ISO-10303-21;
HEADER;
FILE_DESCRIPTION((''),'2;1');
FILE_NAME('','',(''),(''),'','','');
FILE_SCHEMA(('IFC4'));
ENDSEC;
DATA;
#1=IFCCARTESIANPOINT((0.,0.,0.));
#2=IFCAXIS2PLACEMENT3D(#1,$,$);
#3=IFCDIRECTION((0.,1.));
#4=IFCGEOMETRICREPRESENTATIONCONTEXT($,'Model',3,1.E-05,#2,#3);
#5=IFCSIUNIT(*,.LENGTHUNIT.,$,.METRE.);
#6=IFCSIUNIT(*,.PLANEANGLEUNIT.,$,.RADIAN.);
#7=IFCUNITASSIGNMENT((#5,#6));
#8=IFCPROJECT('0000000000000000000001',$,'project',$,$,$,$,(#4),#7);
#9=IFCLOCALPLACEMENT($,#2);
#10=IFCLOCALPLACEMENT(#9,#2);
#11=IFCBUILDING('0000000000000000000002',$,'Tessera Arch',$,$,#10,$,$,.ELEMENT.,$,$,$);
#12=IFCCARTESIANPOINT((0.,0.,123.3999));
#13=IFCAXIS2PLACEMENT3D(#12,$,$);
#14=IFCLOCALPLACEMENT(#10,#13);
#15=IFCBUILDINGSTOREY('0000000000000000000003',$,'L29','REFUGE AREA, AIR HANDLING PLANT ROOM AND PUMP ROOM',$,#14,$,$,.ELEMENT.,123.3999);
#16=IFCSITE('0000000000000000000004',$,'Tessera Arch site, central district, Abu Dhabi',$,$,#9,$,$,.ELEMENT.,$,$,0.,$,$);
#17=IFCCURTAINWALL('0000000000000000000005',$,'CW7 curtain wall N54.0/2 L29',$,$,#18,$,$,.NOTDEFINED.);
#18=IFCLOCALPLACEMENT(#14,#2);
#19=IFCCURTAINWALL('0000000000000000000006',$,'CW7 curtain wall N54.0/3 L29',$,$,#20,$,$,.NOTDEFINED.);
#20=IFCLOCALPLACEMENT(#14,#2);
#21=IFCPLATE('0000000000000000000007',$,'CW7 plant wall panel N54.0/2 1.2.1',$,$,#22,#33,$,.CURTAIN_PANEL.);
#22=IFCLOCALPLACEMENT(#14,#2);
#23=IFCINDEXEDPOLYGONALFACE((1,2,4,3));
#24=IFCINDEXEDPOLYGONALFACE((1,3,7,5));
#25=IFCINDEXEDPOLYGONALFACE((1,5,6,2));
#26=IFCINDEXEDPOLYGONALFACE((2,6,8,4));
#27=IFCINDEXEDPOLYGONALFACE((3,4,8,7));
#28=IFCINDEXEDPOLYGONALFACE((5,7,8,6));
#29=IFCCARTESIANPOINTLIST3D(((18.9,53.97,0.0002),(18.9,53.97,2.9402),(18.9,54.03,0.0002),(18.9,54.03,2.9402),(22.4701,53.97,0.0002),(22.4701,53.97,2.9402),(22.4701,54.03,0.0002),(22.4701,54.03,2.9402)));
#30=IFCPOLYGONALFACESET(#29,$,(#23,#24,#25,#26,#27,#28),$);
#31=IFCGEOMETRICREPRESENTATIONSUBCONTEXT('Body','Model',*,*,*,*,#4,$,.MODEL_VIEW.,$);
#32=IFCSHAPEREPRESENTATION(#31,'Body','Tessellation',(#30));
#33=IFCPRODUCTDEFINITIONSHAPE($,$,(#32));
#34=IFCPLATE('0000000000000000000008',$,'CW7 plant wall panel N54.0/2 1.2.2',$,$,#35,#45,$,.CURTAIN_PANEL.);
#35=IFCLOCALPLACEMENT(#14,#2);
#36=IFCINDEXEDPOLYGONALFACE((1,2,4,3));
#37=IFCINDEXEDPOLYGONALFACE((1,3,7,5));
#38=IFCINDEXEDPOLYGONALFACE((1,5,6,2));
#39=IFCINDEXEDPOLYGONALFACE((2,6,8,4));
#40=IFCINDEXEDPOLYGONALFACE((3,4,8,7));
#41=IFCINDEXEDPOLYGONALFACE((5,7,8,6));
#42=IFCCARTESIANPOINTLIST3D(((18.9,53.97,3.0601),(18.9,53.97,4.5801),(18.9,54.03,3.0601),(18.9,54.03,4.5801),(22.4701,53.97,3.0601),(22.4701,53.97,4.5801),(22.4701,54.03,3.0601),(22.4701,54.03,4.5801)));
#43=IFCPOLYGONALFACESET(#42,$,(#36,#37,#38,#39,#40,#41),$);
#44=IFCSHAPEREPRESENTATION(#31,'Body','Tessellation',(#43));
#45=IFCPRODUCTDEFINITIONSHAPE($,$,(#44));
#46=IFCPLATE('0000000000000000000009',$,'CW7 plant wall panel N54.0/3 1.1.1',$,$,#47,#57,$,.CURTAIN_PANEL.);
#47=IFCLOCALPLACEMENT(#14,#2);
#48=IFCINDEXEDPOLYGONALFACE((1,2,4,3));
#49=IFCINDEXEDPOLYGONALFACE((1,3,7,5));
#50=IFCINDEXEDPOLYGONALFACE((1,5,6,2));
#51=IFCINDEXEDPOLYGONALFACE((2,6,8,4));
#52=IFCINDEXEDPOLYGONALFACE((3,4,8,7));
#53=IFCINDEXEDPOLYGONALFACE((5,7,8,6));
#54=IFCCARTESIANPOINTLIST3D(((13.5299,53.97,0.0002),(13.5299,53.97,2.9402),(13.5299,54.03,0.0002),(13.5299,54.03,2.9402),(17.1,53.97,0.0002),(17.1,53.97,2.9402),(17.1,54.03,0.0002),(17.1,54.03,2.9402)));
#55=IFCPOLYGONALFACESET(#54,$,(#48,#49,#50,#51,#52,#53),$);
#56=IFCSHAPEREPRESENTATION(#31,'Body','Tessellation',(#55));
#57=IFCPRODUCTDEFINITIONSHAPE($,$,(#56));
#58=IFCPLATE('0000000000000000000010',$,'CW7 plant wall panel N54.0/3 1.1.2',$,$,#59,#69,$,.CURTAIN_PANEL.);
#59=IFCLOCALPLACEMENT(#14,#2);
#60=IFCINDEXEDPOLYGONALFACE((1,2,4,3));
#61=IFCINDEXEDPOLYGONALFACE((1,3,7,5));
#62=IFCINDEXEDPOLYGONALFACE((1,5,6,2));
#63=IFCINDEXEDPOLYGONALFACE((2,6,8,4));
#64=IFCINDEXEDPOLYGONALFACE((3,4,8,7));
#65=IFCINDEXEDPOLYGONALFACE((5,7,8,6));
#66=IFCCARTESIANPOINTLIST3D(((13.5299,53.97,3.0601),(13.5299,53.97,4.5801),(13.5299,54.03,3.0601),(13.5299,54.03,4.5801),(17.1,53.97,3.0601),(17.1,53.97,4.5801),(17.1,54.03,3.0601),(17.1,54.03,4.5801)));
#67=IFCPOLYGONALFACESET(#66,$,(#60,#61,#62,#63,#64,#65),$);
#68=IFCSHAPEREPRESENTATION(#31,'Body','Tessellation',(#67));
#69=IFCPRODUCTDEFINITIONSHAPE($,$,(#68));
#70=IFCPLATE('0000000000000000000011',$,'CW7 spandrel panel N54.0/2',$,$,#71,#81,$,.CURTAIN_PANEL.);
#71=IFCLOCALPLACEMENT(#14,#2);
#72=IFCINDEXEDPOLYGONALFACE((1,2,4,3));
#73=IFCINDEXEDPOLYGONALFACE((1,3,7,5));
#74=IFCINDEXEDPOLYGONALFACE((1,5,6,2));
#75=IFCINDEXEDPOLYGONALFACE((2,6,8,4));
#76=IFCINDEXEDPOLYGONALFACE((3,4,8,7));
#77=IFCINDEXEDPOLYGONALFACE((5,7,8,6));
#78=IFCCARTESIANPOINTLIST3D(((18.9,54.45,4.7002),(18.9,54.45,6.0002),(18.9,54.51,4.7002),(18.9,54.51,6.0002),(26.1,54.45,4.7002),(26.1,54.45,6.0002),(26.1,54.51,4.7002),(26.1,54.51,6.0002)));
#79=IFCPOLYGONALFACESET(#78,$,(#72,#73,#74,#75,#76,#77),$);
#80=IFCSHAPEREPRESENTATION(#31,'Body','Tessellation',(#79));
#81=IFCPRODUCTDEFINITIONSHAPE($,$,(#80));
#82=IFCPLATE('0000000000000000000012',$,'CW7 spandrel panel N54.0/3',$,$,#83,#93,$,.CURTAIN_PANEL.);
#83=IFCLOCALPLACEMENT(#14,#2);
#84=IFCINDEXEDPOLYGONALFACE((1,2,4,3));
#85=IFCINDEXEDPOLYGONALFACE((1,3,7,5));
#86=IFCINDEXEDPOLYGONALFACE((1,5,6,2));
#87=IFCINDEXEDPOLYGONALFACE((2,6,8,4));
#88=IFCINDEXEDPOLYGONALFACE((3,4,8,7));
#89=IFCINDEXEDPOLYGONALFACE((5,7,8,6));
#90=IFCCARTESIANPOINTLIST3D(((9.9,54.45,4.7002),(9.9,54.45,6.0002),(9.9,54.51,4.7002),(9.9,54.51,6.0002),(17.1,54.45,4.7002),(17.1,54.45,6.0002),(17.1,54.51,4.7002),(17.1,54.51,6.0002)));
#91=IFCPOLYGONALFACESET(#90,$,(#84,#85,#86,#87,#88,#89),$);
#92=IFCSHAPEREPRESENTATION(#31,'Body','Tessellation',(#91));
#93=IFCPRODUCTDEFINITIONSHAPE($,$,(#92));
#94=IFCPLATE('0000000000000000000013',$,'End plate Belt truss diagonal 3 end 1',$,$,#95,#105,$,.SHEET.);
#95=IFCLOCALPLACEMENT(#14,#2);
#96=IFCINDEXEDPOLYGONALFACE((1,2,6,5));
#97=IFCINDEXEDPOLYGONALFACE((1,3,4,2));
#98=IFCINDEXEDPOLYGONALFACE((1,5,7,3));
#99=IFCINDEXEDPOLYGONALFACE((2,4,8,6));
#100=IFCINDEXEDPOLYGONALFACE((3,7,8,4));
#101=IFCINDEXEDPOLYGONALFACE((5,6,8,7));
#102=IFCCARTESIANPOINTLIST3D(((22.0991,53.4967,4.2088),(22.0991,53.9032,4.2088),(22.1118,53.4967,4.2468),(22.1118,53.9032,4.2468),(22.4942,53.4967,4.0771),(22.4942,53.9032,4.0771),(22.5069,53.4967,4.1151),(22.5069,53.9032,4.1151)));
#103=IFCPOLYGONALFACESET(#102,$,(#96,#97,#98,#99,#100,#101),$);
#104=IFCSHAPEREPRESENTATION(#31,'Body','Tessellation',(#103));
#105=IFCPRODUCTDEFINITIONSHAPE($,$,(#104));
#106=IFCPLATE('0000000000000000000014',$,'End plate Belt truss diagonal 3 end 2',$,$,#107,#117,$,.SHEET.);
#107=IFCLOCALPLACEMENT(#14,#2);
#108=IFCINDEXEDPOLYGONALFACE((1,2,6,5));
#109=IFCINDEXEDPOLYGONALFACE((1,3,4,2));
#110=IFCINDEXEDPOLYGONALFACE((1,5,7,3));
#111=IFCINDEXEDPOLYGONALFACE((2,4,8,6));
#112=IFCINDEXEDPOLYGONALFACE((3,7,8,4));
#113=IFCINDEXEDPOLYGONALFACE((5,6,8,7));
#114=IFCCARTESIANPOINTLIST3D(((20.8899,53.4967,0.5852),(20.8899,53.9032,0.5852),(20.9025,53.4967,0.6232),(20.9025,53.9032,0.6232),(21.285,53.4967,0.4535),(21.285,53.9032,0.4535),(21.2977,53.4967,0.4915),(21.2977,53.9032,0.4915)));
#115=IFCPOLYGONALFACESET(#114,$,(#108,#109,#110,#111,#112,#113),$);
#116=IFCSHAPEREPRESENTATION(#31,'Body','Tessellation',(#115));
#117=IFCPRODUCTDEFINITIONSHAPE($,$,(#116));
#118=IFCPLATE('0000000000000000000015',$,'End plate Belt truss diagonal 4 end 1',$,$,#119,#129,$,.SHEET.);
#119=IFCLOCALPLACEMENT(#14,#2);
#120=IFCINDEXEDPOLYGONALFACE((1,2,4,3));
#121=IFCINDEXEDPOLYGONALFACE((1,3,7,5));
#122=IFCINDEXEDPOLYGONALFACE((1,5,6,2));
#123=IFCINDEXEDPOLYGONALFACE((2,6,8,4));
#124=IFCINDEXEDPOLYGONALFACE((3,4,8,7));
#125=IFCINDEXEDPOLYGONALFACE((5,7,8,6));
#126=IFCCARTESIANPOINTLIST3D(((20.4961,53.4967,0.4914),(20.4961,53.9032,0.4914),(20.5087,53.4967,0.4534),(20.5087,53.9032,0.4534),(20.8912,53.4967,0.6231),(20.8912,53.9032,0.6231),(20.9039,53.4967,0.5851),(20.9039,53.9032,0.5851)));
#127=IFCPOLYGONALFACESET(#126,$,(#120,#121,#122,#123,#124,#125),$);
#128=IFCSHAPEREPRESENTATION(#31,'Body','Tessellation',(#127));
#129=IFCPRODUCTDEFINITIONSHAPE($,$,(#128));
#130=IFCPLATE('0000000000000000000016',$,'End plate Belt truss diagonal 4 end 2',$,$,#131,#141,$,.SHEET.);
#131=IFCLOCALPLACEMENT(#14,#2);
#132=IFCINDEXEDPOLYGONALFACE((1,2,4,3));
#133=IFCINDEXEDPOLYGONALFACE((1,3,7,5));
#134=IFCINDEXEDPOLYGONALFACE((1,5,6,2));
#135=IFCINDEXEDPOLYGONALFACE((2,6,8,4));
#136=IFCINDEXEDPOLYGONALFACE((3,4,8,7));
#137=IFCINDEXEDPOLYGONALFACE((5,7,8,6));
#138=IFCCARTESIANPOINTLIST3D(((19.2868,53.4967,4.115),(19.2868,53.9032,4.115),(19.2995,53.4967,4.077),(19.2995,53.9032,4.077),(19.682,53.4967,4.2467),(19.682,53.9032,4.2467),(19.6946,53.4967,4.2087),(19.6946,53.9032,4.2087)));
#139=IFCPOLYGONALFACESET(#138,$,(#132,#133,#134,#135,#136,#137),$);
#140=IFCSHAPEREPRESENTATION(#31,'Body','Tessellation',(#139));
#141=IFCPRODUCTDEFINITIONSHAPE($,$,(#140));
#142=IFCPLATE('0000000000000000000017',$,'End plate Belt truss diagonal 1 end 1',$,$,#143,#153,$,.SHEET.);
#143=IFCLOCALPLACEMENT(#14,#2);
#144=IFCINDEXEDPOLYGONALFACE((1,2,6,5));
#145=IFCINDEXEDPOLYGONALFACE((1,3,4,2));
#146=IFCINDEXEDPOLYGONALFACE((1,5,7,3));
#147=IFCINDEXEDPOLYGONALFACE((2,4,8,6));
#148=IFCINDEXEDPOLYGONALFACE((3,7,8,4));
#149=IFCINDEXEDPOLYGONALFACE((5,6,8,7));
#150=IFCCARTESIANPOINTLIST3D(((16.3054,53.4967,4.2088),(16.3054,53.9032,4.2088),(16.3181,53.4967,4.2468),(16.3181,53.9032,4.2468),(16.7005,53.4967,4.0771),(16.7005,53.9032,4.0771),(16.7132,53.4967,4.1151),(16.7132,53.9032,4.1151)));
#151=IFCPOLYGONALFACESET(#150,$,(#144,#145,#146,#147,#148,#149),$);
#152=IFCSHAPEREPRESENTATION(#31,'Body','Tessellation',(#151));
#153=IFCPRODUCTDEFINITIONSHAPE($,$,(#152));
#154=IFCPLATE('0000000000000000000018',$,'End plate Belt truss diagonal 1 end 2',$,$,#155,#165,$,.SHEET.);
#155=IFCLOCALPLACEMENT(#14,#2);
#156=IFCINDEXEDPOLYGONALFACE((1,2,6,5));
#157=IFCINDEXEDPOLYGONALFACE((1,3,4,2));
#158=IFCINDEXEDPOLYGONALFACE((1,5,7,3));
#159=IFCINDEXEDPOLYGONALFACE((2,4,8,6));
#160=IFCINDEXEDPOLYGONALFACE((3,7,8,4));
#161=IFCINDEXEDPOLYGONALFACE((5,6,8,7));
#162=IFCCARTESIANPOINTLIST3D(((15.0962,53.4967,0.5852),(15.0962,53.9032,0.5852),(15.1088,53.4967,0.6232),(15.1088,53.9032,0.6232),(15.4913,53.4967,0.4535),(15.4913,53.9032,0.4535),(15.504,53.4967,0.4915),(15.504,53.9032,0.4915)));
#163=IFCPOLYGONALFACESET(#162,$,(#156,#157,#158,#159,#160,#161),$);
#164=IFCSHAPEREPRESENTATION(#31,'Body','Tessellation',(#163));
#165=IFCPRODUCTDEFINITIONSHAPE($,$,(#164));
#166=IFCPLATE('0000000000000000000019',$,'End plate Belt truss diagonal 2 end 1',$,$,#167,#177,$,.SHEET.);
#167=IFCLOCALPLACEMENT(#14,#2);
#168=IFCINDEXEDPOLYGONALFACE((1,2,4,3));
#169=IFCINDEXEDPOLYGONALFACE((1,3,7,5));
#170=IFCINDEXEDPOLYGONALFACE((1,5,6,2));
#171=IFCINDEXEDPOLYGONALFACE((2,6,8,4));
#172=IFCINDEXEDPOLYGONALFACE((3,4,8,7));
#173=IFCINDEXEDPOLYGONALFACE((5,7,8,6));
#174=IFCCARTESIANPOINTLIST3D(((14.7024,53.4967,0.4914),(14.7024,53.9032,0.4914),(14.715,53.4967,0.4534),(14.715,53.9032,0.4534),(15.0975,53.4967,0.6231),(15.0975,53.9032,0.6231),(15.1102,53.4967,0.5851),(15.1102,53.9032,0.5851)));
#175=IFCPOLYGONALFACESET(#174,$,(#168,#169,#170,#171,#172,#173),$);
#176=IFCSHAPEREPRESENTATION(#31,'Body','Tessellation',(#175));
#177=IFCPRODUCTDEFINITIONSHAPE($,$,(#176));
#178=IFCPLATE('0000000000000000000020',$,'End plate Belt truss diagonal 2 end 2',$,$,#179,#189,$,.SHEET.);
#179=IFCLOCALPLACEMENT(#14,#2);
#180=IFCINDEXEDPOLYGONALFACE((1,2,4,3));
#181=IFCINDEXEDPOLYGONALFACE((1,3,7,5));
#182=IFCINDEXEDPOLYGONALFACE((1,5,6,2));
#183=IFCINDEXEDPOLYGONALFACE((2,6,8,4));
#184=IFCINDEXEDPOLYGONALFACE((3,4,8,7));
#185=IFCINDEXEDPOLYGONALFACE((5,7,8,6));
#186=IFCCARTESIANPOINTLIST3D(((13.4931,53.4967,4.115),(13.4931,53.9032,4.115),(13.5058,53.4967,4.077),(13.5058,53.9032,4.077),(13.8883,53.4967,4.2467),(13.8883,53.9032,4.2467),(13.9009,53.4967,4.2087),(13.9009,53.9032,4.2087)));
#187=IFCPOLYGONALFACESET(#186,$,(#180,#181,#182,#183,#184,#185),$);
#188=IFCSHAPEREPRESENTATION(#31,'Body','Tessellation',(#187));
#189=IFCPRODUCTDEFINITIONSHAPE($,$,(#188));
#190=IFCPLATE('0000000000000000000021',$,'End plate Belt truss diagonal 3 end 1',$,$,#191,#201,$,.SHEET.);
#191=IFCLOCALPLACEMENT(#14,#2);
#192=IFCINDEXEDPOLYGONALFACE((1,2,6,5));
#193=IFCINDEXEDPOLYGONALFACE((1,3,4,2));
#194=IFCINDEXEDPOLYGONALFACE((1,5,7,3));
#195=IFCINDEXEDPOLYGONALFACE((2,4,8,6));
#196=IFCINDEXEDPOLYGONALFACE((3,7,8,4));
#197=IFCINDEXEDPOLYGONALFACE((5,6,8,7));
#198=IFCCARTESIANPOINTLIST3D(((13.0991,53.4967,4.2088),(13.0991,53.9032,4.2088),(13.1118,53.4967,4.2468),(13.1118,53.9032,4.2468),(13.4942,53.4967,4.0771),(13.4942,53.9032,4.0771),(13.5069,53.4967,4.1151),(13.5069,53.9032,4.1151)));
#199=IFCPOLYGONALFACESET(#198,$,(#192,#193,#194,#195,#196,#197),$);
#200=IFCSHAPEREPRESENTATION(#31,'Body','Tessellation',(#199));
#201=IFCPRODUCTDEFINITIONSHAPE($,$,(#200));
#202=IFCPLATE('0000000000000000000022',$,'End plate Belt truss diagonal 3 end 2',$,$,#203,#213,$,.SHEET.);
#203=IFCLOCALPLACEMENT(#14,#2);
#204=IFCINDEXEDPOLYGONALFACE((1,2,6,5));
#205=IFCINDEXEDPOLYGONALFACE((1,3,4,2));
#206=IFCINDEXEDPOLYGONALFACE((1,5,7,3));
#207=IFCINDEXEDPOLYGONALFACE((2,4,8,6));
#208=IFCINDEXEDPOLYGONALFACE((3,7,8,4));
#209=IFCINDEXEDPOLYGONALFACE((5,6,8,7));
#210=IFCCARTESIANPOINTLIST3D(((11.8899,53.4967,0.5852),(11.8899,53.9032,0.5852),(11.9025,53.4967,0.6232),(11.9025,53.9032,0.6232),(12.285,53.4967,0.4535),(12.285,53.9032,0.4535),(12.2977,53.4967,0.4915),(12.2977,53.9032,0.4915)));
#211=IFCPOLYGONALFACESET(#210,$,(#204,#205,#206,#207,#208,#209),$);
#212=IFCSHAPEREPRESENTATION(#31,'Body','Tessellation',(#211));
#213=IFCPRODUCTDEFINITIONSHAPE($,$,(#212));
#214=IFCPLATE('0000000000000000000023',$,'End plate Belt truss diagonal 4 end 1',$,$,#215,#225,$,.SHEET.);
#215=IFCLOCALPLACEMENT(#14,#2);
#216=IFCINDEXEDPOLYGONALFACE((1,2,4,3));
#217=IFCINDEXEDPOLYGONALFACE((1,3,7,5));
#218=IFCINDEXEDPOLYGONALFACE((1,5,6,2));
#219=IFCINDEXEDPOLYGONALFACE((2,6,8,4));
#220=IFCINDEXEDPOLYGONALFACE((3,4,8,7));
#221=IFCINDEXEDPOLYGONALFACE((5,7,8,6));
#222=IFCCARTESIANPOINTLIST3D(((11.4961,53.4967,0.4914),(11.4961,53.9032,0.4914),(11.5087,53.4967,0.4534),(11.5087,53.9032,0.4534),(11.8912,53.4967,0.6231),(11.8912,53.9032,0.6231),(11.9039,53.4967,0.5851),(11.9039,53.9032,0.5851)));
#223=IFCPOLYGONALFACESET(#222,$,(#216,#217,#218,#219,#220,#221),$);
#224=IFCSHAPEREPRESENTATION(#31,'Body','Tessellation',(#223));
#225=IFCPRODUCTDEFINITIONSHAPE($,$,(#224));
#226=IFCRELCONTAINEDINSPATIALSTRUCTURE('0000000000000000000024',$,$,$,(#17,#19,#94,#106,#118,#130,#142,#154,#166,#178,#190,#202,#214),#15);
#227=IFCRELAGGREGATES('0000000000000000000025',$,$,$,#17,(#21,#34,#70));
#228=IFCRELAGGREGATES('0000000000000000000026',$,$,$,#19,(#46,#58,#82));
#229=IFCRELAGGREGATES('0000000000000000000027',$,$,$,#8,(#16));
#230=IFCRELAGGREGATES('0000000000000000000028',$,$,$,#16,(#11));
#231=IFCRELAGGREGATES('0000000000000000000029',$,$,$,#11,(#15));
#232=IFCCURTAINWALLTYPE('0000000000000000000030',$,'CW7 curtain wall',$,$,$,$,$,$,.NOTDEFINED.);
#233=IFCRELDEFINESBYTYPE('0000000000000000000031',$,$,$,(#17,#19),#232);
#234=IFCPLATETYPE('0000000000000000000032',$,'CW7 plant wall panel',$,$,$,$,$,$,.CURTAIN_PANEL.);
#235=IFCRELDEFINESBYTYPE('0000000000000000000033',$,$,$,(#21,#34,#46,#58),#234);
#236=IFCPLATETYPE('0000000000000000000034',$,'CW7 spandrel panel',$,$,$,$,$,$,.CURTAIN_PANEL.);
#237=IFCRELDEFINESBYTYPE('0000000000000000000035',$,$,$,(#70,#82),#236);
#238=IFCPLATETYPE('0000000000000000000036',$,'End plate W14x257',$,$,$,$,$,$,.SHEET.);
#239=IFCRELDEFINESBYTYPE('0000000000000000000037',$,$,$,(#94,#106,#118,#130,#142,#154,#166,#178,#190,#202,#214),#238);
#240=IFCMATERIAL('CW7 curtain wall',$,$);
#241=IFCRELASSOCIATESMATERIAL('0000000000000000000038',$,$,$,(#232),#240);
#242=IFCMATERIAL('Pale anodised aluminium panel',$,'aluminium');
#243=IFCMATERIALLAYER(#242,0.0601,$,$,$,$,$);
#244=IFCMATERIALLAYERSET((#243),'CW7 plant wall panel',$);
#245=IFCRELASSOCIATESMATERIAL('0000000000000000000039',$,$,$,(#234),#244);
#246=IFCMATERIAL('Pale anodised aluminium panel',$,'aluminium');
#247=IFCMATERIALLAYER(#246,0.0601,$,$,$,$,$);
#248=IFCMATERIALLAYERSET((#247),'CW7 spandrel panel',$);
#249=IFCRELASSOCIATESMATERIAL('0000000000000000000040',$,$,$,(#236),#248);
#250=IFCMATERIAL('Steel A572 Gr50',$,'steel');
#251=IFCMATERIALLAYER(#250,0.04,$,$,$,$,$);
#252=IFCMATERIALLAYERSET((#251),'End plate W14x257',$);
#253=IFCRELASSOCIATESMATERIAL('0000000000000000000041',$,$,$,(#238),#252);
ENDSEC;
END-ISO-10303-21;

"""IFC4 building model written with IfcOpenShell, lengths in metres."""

from ifc_helpers import new_model, si_unit, direction, frame, origin, origin_2d, place, context, subcontext, project, spatial, rectangle, extrude, material, layer, layer_set, type_object, element, aggregate, save


model = new_model("IFC4")

# Units and contexts
model_context = context("Model", 3, precision=1e-05, world=origin(), true_north=direction((0.0, 1.0)))
body_context = subcontext(model_context, "Body", "Model", "MODEL_VIEW")
ifc_project = project(units=[si_unit("LENGTHUNIT", "METRE"), si_unit("PLANEANGLEUNIT", "RADIAN")], contexts=[model_context])

# Site, building, storey
site_placement = place(None, origin())
site = spatial("IfcSite", under=ifc_project, at=site_placement, Name="Tessera Arch site, central district, Abu Dhabi", CompositionType="ELEMENT", RefElevation=0.0)
building_placement = place(site_placement, origin())
building = spatial("IfcBuilding", under=site, at=building_placement, Name="Tessera Arch", CompositionType="ELEMENT")
storey_placement = place(building_placement, frame((0.0, 0.0, 123.3999)))
storey = spatial("IfcBuildingStorey", under=building, at=storey_placement, Name="L29", Description="REFUGE AREA, AIR HANDLING PLANT ROOM AND PUMP ROOM", CompositionType="ELEMENT", Elevation=123.3999)

# Curtain wall
ifc_material_1 = material(Name="CW7 curtain wall")
curtain_wall_type = type_object("IfcCurtainWallType", Name="CW7 curtain wall", PredefinedType="NOTDEFINED", material=ifc_material_1)
curtain_wall_1_placement = place(storey_placement, origin())
curtain_wall_1 = element("IfcCurtainWall", 1, at=curtain_wall_1_placement, inside=storey, type_object=curtain_wall_type, Name="CW7 curtain wall N54.0/2 L29", PredefinedType="NOTDEFINED")

# Curtain wall
curtain_wall_2_placement = place(storey_placement, origin())
curtain_wall_2 = element("IfcCurtainWall", 2, at=curtain_wall_2_placement, inside=storey, type_object=curtain_wall_type, Name="CW7 curtain wall N54.0/3 L29", PredefinedType="NOTDEFINED")

# Plates
ifc_material_2 = material(Name="Pale anodised aluminium panel", Category="aluminium")
ifc_layer_1 = layer(ifc_material_2, 0.0601)
ifc_layer_set_1 = layer_set([ifc_layer_1], Name="CW7 plant wall panel")
plate_type_1 = type_object("IfcPlateType", Name="CW7 plant wall panel", PredefinedType="CURTAIN_PANEL", material=ifc_layer_set_1)
plate_1_placement = place(storey_placement, frame((20.6851, 54.0, 0.0002), z_axis=(0.0, 0.0, 1.0), x_axis=(-1.0, 0.0, 0.0)))
plate_1 = element("IfcPlate", 3, at=plate_1_placement, type_object=plate_type_1, Name="CW7 plant wall panel N54.0/2 1.2.1", PredefinedType="CURTAIN_PANEL", context=body_context, shape_type="SweptSolid", body=[
    extrude(rectangle(XDim=3.5701, YDim=0.0601, at=origin_2d()), origin(), (0.0, 0.0, 1.0), 2.9399),
])
plate_2_placement = place(storey_placement, frame((20.6851, 54.0, 3.0601), z_axis=(0.0, 0.0, 1.0), x_axis=(-1.0, 0.0, 0.0)))
plate_2 = element("IfcPlate", 4, at=plate_2_placement, type_object=plate_type_1, Name="CW7 plant wall panel N54.0/2 1.2.2", PredefinedType="CURTAIN_PANEL", context=body_context, shape_type="SweptSolid", body=[
    extrude(rectangle(XDim=3.5701, YDim=0.0601, at=origin_2d()), origin(), (0.0, 0.0, 1.0), 1.52),
])
plate_3_placement = place(storey_placement, frame((15.3149, 54.0, 0.0002), z_axis=(0.0, 0.0, 1.0), x_axis=(-1.0, 0.0, 0.0)))
plate_3 = element("IfcPlate", 5, at=plate_3_placement, type_object=plate_type_1, Name="CW7 plant wall panel N54.0/3 1.1.1", PredefinedType="CURTAIN_PANEL", context=body_context, shape_type="SweptSolid", body=[
    extrude(rectangle(XDim=3.5701, YDim=0.0601, at=origin_2d()), origin(), (0.0, 0.0, 1.0), 2.9399),
])
plate_4_placement = place(storey_placement, frame((15.3149, 54.0, 3.0601), z_axis=(0.0, 0.0, 1.0), x_axis=(-1.0, 0.0, 0.0)))
plate_4 = element("IfcPlate", 6, at=plate_4_placement, type_object=plate_type_1, Name="CW7 plant wall panel N54.0/3 1.1.2", PredefinedType="CURTAIN_PANEL", context=body_context, shape_type="SweptSolid", body=[
    extrude(rectangle(XDim=3.5701, YDim=0.0601, at=origin_2d()), origin(), (0.0, 0.0, 1.0), 1.52),
])
ifc_material_3 = material(Name="Pale anodised aluminium panel", Category="aluminium")
ifc_layer_2 = layer(ifc_material_3, 0.0601)
ifc_layer_set_2 = layer_set([ifc_layer_2], Name="CW7 spandrel panel")
plate_type_2 = type_object("IfcPlateType", Name="CW7 spandrel panel", PredefinedType="CURTAIN_PANEL", material=ifc_layer_set_2)
plate_5_placement = place(storey_placement, frame((22.5, 54.48, 4.7002), z_axis=(0.0, 0.0, 1.0), x_axis=(-1.0, 0.0, 0.0)))
plate_5 = element("IfcPlate", 7, at=plate_5_placement, type_object=plate_type_2, Name="CW7 spandrel panel N54.0/2", PredefinedType="CURTAIN_PANEL", context=body_context, shape_type="SweptSolid", body=[
    extrude(rectangle(XDim=7.2, YDim=0.0601, at=origin_2d()), origin(), (0.0, 0.0, 1.0), 1.3),
])
aggregate(curtain_wall_1, [plate_1, plate_2, plate_5])
plate_6_placement = place(storey_placement, frame((13.5, 54.48, 4.7002), z_axis=(0.0, 0.0, 1.0), x_axis=(-1.0, 0.0, 0.0)))
plate_6 = element("IfcPlate", 8, at=plate_6_placement, type_object=plate_type_2, Name="CW7 spandrel panel N54.0/3", PredefinedType="CURTAIN_PANEL", context=body_context, shape_type="SweptSolid", body=[
    extrude(rectangle(XDim=7.2, YDim=0.0601, at=origin_2d()), origin(), (0.0, 0.0, 1.0), 1.3),
])
aggregate(curtain_wall_2, [plate_3, plate_4, plate_6])

# Plates
ifc_material_4 = material(Name="Steel A572 Gr50", Category="steel")
ifc_layer_3 = layer(ifc_material_4, 0.04)
ifc_layer_set_3 = layer_set([ifc_layer_3], Name="End plate W14x257")
plate_type_3 = type_object("IfcPlateType", Name="End plate W14x257", PredefinedType="SHEET", material=ifc_layer_set_3)
for number, where, z_axis, x_axis, name in (
    (9, (22.3093, 53.7, 4.1809), (-0.316228, 0.0, -0.948683), (0.0, -1.0, 0.0), "End plate Belt truss diagonal 3 end 1"),
    (10, (21.1001, 53.7, 0.5574), (-0.316228, 0.0, -0.948683), (0.0, -1.0, 0.0), "End plate Belt truss diagonal 3 end 2"),
    (11, (20.7063, 53.7, 0.5193), (-0.316228, 0.0, 0.948683), (0.0, -1.0, 0.0), "End plate Belt truss diagonal 4 end 1"),
    (12, (19.4971, 53.7, 4.1428), (-0.316228, 0.0, 0.948683), (0.0, -1.0, 0.0), "End plate Belt truss diagonal 4 end 2"),
    (13, (16.5156, 53.7, 4.1809), (-0.316228, 0.0, -0.948683), (0.0, -1.0, 0.0), "End plate Belt truss diagonal 1 end 1"),
    (14, (15.3064, 53.7, 0.5574), (-0.316228, 0.0, -0.948683), (0.0, -1.0, 0.0), "End plate Belt truss diagonal 1 end 2"),
    (15, (14.9126, 53.7, 0.5193), (-0.316228, 0.0, 0.948683), (0.0, -1.0, 0.0), "End plate Belt truss diagonal 2 end 1"),
    (16, (13.7034, 53.7, 4.1428), (-0.316228, 0.0, 0.948683), (0.0, -1.0, 0.0), "End plate Belt truss diagonal 2 end 2"),
    (17, (13.3093, 53.7, 4.1809), (-0.316228, 0.0, -0.948683), (0.0, -1.0, 0.0), "End plate Belt truss diagonal 3 end 1"),
    (18, (12.1001, 53.7, 0.5574), (-0.316228, 0.0, -0.948683), (0.0, -1.0, 0.0), "End plate Belt truss diagonal 3 end 2"),
    (19, (11.7063, 53.7, 0.5193), (-0.316228, 0.0, 0.948683), (0.0, -1.0, 0.0), "End plate Belt truss diagonal 4 end 1"),
):
    element("IfcPlate", number, at=place(storey_placement, frame(where, z_axis=z_axis, x_axis=x_axis)), inside=storey, type_object=plate_type_3, Name=name, PredefinedType="SHEET", context=body_context, shape_type="SweptSolid", body=[
        extrude(rectangle(XDim=0.4065, YDim=0.4165, at=origin_2d()), origin(), (0.0, 0.0, 1.0), 0.04),
    ])

save(model, "model.ifc")
